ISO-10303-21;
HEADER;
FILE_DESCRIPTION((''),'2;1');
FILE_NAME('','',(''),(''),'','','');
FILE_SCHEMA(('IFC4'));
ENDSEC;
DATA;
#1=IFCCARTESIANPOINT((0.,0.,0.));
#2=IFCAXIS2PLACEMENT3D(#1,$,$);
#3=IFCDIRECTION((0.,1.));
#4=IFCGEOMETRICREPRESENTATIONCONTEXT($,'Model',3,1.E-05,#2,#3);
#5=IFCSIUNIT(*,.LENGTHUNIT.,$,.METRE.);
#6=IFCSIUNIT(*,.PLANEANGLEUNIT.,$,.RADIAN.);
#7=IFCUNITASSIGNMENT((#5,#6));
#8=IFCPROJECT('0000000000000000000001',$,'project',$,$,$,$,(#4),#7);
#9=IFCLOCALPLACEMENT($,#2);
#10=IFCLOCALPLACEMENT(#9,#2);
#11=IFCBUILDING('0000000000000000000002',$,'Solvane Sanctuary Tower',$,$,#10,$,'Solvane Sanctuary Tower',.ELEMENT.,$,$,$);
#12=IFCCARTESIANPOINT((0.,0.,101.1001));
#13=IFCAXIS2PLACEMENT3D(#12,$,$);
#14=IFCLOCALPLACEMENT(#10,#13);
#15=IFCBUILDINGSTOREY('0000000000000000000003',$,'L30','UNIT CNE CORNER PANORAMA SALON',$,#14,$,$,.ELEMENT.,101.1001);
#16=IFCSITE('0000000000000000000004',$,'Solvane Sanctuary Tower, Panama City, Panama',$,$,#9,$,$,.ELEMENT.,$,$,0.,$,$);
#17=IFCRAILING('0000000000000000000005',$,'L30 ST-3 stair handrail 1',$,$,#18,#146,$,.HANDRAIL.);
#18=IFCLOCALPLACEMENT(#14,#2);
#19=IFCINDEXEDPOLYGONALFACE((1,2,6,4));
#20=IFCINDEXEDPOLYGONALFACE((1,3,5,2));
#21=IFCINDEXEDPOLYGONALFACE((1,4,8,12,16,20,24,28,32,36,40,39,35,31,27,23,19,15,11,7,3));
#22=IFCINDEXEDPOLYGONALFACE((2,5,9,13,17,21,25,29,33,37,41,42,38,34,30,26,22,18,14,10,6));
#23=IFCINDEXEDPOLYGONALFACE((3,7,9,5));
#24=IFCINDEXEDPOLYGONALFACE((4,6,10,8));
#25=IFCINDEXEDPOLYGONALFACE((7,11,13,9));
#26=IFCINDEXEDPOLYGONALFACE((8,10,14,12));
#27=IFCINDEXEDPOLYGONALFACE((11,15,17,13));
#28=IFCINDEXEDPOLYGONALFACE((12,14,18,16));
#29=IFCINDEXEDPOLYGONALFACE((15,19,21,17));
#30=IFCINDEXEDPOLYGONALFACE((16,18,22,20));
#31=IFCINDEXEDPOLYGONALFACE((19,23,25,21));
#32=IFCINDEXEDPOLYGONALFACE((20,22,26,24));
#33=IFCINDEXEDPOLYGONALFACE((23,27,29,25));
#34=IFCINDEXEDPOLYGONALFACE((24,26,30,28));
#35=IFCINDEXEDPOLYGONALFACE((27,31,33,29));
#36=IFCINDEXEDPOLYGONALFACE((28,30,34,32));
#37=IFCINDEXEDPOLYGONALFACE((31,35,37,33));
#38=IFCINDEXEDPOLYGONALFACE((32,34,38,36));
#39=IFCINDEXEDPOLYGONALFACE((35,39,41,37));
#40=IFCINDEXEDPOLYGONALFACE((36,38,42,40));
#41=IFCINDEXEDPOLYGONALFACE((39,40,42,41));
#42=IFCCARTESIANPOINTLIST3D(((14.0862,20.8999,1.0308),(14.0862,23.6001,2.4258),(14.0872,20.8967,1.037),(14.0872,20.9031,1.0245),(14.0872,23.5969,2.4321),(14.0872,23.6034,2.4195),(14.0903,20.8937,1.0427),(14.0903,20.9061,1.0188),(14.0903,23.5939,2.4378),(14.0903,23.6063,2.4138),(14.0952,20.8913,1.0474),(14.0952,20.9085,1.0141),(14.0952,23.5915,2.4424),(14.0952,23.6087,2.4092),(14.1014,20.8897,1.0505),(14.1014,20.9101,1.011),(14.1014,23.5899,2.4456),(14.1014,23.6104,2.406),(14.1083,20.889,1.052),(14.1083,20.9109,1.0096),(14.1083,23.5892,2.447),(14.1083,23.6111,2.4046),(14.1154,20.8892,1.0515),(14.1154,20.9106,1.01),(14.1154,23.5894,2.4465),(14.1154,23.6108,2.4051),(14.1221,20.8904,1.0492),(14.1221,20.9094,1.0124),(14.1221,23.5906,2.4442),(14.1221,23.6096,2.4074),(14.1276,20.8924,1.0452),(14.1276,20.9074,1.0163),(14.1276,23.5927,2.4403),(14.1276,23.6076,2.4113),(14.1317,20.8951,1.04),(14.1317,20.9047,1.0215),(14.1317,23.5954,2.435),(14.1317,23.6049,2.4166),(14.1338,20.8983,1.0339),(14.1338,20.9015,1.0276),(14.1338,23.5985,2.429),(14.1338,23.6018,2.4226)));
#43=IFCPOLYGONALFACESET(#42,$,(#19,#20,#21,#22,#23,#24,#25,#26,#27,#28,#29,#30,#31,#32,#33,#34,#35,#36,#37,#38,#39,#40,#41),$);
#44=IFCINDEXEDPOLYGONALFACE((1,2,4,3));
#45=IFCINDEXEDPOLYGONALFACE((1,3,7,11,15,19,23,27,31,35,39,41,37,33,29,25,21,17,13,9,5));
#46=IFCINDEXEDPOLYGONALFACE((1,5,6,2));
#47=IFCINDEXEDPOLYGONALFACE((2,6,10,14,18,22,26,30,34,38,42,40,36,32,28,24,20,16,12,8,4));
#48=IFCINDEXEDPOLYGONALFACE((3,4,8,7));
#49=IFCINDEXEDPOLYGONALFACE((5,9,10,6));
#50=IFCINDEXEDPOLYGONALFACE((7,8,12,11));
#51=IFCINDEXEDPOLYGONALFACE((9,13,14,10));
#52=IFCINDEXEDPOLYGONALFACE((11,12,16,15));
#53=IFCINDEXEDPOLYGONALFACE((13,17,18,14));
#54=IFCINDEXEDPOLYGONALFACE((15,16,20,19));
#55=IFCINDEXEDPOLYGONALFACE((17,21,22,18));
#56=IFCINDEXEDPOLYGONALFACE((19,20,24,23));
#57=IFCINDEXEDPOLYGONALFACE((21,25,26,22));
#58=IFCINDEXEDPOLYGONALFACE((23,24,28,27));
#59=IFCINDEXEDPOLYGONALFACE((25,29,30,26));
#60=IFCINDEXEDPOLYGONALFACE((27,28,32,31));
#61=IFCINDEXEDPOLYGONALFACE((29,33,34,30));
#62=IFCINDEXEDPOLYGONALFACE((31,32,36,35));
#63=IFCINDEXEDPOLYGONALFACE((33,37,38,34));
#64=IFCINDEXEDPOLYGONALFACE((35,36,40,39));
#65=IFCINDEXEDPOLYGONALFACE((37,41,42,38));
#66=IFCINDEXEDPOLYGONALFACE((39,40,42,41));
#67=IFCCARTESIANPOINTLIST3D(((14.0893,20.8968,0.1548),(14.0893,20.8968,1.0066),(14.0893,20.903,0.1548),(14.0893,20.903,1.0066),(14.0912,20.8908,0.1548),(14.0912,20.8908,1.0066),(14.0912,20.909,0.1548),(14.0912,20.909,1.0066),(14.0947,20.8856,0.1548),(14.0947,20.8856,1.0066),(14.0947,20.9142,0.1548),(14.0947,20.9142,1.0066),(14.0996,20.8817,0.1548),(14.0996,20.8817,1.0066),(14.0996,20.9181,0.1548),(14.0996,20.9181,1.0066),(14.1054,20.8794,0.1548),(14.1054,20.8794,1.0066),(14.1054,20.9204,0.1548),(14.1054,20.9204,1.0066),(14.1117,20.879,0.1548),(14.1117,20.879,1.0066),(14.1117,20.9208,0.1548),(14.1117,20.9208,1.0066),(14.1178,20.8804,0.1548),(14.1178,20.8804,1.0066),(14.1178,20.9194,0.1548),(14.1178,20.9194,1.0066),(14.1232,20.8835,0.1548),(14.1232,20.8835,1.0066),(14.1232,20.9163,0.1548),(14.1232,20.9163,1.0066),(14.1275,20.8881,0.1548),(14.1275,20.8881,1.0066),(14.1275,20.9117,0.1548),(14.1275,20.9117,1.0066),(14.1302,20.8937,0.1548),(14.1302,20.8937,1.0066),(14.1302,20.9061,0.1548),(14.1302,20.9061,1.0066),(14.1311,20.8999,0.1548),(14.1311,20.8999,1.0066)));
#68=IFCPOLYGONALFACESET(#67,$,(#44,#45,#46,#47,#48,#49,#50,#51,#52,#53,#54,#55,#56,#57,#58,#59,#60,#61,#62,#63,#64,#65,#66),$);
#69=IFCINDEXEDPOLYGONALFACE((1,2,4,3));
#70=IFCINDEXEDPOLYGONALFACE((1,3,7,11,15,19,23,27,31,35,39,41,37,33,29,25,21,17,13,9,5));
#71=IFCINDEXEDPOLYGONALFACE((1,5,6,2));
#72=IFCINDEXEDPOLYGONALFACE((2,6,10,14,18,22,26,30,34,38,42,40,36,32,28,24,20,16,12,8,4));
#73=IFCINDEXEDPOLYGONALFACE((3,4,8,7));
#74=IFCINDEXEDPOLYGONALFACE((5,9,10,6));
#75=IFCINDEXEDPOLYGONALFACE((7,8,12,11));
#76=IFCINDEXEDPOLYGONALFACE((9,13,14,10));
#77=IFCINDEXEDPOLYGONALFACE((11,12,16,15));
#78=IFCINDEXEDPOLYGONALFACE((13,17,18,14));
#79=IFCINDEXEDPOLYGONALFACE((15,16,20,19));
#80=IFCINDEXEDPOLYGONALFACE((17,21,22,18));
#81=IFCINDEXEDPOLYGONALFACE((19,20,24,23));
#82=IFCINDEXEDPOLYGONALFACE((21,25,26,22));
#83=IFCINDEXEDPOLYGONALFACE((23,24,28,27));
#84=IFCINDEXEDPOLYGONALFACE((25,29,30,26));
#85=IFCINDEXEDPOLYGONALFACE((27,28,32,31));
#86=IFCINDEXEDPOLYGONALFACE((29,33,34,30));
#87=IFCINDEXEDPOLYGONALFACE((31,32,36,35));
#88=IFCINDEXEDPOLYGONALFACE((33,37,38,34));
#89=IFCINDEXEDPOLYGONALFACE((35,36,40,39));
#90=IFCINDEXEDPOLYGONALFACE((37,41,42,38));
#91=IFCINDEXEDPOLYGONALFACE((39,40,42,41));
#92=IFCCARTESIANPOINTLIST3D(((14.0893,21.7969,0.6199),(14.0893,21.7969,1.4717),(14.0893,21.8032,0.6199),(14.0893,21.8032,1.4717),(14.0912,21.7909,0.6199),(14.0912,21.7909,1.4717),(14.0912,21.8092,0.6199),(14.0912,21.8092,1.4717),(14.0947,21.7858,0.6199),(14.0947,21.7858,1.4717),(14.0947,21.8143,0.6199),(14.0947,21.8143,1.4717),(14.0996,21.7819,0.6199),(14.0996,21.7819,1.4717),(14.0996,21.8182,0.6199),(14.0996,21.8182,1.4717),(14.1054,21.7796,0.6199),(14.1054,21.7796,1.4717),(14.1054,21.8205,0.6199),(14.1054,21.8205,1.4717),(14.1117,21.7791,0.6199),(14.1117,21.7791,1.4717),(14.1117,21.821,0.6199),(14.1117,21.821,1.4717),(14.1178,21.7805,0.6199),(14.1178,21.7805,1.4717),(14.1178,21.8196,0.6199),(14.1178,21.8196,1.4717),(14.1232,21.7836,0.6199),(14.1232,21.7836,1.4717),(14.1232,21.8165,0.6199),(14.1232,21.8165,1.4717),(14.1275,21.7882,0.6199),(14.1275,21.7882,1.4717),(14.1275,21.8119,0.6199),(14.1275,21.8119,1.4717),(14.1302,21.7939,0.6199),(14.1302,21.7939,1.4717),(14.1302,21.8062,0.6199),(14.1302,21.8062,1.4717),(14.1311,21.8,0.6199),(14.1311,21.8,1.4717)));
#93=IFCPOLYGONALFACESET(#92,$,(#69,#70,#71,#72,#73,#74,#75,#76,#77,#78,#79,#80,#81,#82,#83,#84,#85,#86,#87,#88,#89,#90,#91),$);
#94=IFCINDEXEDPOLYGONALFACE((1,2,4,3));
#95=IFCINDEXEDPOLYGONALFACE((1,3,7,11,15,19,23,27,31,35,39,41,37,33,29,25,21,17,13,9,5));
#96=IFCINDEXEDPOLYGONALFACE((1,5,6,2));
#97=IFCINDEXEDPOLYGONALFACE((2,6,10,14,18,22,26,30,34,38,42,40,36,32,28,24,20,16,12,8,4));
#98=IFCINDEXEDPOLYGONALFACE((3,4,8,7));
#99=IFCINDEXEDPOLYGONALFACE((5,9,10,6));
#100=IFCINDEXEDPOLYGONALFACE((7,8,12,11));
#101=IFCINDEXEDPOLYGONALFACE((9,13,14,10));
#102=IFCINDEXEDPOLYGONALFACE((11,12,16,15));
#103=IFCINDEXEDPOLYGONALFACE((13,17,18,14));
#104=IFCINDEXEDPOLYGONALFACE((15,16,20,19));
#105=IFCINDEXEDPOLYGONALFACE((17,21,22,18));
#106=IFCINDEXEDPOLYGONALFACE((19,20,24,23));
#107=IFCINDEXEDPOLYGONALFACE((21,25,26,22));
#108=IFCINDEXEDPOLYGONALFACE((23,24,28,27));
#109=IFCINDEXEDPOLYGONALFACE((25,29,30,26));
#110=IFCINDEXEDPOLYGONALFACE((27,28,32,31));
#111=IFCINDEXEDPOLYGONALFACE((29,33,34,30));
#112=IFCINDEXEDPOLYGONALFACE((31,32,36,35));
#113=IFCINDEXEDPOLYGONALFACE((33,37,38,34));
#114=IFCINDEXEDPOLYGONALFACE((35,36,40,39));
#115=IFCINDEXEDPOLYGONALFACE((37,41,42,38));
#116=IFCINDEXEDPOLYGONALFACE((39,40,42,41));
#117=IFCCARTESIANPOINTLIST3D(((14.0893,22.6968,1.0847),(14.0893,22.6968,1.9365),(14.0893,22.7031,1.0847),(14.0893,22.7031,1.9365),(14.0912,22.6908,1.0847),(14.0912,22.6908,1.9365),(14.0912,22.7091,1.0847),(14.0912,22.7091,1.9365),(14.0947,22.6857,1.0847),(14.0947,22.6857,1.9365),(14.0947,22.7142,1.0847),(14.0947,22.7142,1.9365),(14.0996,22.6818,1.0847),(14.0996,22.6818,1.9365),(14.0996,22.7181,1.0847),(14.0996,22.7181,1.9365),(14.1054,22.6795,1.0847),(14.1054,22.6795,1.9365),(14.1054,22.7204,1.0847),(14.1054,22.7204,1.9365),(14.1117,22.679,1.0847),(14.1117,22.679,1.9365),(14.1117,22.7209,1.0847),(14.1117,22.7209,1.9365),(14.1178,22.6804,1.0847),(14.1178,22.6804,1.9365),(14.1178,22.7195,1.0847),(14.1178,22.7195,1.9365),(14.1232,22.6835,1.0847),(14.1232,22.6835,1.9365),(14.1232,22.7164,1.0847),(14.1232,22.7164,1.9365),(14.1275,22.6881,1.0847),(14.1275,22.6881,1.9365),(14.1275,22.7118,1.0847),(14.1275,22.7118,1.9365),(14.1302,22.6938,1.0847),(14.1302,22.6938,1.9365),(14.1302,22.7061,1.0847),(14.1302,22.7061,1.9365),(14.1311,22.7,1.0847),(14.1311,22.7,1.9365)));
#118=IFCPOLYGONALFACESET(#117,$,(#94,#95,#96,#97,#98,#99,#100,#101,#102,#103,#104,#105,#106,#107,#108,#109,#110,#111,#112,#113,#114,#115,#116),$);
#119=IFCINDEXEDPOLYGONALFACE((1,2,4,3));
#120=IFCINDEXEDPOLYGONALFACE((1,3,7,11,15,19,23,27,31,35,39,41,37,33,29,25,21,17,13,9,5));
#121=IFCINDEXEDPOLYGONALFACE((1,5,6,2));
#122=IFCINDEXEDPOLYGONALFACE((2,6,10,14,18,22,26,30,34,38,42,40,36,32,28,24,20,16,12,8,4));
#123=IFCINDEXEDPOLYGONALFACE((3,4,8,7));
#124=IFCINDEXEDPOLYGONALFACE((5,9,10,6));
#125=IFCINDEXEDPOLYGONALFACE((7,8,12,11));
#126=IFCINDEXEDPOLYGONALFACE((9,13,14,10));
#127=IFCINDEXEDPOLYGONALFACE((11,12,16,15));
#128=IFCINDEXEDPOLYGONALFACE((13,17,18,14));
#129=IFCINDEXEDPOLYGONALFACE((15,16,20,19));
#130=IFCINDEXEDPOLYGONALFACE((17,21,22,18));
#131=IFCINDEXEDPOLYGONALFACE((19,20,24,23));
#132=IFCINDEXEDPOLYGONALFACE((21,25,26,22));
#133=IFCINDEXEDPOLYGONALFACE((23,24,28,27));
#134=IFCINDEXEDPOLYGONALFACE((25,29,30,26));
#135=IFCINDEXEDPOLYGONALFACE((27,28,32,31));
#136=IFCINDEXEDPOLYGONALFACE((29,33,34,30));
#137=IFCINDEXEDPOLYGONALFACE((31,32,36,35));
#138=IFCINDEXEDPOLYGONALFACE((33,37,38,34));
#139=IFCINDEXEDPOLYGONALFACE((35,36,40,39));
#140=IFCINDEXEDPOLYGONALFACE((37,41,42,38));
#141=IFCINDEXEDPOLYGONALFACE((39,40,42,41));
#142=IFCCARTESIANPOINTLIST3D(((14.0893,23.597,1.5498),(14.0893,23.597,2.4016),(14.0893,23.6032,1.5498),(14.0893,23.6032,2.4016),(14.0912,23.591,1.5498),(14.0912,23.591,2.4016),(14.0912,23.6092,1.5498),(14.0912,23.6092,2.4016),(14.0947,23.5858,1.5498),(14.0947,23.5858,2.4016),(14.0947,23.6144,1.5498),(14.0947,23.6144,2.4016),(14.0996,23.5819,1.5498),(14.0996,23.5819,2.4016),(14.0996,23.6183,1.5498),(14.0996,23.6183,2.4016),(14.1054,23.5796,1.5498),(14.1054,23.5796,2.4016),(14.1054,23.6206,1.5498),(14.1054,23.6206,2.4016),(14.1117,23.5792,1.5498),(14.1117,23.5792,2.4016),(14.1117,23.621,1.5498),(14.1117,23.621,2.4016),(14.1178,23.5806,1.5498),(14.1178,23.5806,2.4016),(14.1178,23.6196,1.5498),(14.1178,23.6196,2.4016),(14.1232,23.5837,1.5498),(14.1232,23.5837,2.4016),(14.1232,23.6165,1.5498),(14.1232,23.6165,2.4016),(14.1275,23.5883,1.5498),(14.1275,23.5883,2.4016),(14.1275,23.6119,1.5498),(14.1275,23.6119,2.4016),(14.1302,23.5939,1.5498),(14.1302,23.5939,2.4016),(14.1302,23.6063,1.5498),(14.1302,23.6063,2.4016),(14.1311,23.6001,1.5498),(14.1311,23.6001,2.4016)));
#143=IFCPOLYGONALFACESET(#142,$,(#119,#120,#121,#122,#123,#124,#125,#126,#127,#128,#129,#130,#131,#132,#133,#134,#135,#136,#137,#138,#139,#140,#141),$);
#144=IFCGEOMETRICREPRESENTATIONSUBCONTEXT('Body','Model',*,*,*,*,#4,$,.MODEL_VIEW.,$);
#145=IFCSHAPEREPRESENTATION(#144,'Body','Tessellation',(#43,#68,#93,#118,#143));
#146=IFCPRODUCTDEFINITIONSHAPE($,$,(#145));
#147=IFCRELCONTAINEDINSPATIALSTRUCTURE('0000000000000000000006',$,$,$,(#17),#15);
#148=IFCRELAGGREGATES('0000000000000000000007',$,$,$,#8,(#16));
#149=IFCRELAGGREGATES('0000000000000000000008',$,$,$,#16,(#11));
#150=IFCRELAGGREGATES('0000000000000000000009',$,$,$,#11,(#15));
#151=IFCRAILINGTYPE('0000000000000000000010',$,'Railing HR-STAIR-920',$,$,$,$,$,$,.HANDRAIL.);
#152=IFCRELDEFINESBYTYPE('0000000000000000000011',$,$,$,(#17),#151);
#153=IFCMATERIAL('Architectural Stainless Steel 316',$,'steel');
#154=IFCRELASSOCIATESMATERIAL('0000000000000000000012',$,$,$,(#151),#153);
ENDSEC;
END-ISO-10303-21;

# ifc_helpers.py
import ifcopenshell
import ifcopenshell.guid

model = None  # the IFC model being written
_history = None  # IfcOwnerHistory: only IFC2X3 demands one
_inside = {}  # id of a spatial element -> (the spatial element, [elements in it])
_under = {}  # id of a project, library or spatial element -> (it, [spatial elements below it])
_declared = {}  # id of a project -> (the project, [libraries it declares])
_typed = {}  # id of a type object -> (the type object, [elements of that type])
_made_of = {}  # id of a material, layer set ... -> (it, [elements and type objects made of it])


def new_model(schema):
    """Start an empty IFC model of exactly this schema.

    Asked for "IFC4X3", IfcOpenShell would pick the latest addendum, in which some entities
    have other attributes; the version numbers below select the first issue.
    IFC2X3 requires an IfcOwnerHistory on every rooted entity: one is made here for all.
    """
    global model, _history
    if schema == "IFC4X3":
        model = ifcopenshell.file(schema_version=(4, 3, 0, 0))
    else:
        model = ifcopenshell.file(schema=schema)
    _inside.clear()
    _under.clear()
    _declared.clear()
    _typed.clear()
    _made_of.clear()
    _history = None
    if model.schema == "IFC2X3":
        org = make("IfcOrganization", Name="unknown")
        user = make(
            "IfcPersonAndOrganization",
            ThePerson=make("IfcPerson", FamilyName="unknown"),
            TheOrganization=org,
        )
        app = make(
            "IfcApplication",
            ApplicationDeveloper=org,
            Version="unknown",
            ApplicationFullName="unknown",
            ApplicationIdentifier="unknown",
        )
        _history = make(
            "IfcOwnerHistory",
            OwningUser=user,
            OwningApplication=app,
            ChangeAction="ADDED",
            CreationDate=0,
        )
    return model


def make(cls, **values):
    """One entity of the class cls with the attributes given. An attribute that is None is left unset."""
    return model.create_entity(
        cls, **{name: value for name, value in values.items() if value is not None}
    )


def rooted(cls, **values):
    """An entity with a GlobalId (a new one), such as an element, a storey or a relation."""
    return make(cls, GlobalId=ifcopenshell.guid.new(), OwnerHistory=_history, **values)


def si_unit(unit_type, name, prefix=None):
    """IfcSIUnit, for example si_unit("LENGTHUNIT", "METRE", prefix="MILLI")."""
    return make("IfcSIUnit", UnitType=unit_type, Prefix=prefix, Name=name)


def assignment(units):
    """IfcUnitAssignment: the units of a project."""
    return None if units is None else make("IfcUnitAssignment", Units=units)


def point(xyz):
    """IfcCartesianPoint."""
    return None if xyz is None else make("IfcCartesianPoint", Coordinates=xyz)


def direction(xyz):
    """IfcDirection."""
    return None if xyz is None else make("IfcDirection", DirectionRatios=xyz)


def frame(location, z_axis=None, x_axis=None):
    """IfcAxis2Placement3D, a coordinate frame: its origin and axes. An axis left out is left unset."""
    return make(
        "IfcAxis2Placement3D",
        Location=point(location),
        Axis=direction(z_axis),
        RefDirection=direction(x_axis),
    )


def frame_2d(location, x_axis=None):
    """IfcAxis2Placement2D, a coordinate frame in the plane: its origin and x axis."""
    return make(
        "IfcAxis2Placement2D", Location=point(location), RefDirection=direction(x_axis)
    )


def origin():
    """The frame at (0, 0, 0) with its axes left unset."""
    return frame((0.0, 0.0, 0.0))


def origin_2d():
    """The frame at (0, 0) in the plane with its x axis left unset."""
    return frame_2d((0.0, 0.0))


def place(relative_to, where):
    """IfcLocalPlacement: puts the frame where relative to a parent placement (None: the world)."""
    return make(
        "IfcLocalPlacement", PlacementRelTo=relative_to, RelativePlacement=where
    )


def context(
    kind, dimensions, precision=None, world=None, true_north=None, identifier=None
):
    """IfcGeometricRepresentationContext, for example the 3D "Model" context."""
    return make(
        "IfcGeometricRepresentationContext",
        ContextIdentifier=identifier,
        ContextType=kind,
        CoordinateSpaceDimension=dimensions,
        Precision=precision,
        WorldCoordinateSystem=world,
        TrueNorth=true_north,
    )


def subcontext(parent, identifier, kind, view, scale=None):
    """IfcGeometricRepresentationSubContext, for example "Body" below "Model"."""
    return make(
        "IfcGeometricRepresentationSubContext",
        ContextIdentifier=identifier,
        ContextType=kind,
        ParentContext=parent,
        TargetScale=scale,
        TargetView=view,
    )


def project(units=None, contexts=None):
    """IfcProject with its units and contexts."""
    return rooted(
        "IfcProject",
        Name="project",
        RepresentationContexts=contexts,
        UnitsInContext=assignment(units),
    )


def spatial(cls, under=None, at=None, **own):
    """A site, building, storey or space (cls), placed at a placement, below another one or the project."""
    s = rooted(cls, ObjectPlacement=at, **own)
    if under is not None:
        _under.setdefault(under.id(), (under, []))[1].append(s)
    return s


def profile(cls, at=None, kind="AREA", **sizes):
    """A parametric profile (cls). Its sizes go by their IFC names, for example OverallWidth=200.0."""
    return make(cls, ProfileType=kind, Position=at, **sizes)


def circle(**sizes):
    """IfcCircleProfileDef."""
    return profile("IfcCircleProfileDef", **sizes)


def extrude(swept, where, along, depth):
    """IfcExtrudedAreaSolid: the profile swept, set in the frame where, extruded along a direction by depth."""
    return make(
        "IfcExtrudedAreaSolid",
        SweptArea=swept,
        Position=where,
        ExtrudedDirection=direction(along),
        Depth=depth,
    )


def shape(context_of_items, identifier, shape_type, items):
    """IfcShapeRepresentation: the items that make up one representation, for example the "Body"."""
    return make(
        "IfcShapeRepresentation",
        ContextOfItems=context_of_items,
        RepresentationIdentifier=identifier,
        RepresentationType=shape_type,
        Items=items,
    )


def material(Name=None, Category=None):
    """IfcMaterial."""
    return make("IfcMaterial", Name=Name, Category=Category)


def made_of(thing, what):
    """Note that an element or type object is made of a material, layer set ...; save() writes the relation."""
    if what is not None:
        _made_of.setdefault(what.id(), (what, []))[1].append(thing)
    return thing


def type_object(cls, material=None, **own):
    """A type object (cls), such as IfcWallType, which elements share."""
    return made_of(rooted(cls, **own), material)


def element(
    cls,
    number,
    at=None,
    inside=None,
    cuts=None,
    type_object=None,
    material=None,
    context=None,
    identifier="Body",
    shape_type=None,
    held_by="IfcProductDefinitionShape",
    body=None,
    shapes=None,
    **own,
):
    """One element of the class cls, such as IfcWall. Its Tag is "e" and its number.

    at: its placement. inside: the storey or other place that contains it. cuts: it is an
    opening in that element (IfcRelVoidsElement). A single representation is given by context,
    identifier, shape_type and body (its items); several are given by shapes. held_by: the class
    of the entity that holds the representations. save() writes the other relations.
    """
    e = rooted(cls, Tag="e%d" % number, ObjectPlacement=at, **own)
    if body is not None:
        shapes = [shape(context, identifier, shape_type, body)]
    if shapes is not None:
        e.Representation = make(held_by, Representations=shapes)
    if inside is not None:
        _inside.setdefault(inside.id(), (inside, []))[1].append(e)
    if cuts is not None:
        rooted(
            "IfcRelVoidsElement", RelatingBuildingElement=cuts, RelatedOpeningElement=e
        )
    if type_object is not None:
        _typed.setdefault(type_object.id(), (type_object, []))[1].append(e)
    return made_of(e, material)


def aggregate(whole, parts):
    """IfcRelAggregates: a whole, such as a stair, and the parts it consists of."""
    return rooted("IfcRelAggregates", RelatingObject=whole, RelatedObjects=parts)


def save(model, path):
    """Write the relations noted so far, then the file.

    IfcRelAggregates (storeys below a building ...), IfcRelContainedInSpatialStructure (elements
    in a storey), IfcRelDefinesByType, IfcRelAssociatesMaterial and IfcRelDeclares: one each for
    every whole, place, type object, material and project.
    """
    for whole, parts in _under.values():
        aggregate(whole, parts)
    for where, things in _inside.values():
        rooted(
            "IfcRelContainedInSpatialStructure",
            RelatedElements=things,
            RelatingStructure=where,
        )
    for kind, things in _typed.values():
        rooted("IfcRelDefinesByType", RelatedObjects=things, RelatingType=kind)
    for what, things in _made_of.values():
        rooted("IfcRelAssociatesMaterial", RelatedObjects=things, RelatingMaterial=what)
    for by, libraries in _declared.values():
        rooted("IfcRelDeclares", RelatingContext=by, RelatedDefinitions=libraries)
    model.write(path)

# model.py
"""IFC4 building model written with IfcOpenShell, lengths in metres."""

from ifc_helpers import new_model, si_unit, direction, frame, origin, origin_2d, place, context, subcontext, project, spatial, circle, extrude, material, type_object, element, save


model = new_model("IFC4")

# Units and contexts
model_context = context("Model", 3, precision=1e-05, world=origin(), true_north=direction((0.0, 1.0)))
body_context = subcontext(model_context, "Body", "Model", "MODEL_VIEW")
ifc_project = project(units=[si_unit("LENGTHUNIT", "METRE"), si_unit("PLANEANGLEUNIT", "RADIAN")], contexts=[model_context])

# Site, building, storey
site_placement = place(None, origin())
site = spatial("IfcSite", under=ifc_project, at=site_placement, Name="Solvane Sanctuary Tower, Panama City, Panama", CompositionType="ELEMENT", RefElevation=0.0)
building_placement = place(site_placement, origin())
building = spatial("IfcBuilding", under=site, at=building_placement, Name="Solvane Sanctuary Tower", LongName="Solvane Sanctuary Tower", CompositionType="ELEMENT")
storey_placement = place(building_placement, frame((0.0, 0.0, 101.1001)))
storey = spatial("IfcBuildingStorey", under=building, at=storey_placement, Name="L30", Description="UNIT CNE CORNER PANORAMA SALON", CompositionType="ELEMENT", Elevation=101.1001)

# Railing
ifc_material_1 = material(Name="Architectural Stainless Steel 316", Category="steel")
railing_type_1 = type_object("IfcRailingType", Name="Railing HR-STAIR-920", PredefinedType="HANDRAIL", material=ifc_material_1)
railing_1_placement = place(storey_placement, frame((14.1101, 20.8999, 0.1548)))
element("IfcRailing", 1, at=railing_1_placement, inside=storey, type_object=railing_type_1, Name="L30 ST-3 stair handrail 1", PredefinedType="HANDRAIL", context=body_context, shape_type="SweptSolid", body=[
    extrude(circle(Radius=0.0239, at=origin_2d()), frame((0.0, 0.0, 0.876), z_axis=(0.0, 0.888437, 0.458999), x_axis=(-1.0, 0.0, 0.0)), (0.0, 0.0, 1.0), 3.0393),
    extrude(circle(Radius=0.021, at=origin_2d()), origin(), (0.0, 0.0, 1.0), 0.8518),
    extrude(circle(Radius=0.021, at=origin_2d()), frame((0.0, 0.9001, 0.4651)), (0.0, 0.0, 1.0), 0.8518),
    extrude(circle(Radius=0.021, at=origin_2d()), frame((0.0, 1.8, 0.9299)), (0.0, 0.0, 1.0), 0.8518),
    extrude(circle(Radius=0.021, at=origin_2d()), frame((0.0, 2.7002, 1.395)), (0.0, 0.0, 1.0), 0.8518),
])

save(model, "model.ifc")
